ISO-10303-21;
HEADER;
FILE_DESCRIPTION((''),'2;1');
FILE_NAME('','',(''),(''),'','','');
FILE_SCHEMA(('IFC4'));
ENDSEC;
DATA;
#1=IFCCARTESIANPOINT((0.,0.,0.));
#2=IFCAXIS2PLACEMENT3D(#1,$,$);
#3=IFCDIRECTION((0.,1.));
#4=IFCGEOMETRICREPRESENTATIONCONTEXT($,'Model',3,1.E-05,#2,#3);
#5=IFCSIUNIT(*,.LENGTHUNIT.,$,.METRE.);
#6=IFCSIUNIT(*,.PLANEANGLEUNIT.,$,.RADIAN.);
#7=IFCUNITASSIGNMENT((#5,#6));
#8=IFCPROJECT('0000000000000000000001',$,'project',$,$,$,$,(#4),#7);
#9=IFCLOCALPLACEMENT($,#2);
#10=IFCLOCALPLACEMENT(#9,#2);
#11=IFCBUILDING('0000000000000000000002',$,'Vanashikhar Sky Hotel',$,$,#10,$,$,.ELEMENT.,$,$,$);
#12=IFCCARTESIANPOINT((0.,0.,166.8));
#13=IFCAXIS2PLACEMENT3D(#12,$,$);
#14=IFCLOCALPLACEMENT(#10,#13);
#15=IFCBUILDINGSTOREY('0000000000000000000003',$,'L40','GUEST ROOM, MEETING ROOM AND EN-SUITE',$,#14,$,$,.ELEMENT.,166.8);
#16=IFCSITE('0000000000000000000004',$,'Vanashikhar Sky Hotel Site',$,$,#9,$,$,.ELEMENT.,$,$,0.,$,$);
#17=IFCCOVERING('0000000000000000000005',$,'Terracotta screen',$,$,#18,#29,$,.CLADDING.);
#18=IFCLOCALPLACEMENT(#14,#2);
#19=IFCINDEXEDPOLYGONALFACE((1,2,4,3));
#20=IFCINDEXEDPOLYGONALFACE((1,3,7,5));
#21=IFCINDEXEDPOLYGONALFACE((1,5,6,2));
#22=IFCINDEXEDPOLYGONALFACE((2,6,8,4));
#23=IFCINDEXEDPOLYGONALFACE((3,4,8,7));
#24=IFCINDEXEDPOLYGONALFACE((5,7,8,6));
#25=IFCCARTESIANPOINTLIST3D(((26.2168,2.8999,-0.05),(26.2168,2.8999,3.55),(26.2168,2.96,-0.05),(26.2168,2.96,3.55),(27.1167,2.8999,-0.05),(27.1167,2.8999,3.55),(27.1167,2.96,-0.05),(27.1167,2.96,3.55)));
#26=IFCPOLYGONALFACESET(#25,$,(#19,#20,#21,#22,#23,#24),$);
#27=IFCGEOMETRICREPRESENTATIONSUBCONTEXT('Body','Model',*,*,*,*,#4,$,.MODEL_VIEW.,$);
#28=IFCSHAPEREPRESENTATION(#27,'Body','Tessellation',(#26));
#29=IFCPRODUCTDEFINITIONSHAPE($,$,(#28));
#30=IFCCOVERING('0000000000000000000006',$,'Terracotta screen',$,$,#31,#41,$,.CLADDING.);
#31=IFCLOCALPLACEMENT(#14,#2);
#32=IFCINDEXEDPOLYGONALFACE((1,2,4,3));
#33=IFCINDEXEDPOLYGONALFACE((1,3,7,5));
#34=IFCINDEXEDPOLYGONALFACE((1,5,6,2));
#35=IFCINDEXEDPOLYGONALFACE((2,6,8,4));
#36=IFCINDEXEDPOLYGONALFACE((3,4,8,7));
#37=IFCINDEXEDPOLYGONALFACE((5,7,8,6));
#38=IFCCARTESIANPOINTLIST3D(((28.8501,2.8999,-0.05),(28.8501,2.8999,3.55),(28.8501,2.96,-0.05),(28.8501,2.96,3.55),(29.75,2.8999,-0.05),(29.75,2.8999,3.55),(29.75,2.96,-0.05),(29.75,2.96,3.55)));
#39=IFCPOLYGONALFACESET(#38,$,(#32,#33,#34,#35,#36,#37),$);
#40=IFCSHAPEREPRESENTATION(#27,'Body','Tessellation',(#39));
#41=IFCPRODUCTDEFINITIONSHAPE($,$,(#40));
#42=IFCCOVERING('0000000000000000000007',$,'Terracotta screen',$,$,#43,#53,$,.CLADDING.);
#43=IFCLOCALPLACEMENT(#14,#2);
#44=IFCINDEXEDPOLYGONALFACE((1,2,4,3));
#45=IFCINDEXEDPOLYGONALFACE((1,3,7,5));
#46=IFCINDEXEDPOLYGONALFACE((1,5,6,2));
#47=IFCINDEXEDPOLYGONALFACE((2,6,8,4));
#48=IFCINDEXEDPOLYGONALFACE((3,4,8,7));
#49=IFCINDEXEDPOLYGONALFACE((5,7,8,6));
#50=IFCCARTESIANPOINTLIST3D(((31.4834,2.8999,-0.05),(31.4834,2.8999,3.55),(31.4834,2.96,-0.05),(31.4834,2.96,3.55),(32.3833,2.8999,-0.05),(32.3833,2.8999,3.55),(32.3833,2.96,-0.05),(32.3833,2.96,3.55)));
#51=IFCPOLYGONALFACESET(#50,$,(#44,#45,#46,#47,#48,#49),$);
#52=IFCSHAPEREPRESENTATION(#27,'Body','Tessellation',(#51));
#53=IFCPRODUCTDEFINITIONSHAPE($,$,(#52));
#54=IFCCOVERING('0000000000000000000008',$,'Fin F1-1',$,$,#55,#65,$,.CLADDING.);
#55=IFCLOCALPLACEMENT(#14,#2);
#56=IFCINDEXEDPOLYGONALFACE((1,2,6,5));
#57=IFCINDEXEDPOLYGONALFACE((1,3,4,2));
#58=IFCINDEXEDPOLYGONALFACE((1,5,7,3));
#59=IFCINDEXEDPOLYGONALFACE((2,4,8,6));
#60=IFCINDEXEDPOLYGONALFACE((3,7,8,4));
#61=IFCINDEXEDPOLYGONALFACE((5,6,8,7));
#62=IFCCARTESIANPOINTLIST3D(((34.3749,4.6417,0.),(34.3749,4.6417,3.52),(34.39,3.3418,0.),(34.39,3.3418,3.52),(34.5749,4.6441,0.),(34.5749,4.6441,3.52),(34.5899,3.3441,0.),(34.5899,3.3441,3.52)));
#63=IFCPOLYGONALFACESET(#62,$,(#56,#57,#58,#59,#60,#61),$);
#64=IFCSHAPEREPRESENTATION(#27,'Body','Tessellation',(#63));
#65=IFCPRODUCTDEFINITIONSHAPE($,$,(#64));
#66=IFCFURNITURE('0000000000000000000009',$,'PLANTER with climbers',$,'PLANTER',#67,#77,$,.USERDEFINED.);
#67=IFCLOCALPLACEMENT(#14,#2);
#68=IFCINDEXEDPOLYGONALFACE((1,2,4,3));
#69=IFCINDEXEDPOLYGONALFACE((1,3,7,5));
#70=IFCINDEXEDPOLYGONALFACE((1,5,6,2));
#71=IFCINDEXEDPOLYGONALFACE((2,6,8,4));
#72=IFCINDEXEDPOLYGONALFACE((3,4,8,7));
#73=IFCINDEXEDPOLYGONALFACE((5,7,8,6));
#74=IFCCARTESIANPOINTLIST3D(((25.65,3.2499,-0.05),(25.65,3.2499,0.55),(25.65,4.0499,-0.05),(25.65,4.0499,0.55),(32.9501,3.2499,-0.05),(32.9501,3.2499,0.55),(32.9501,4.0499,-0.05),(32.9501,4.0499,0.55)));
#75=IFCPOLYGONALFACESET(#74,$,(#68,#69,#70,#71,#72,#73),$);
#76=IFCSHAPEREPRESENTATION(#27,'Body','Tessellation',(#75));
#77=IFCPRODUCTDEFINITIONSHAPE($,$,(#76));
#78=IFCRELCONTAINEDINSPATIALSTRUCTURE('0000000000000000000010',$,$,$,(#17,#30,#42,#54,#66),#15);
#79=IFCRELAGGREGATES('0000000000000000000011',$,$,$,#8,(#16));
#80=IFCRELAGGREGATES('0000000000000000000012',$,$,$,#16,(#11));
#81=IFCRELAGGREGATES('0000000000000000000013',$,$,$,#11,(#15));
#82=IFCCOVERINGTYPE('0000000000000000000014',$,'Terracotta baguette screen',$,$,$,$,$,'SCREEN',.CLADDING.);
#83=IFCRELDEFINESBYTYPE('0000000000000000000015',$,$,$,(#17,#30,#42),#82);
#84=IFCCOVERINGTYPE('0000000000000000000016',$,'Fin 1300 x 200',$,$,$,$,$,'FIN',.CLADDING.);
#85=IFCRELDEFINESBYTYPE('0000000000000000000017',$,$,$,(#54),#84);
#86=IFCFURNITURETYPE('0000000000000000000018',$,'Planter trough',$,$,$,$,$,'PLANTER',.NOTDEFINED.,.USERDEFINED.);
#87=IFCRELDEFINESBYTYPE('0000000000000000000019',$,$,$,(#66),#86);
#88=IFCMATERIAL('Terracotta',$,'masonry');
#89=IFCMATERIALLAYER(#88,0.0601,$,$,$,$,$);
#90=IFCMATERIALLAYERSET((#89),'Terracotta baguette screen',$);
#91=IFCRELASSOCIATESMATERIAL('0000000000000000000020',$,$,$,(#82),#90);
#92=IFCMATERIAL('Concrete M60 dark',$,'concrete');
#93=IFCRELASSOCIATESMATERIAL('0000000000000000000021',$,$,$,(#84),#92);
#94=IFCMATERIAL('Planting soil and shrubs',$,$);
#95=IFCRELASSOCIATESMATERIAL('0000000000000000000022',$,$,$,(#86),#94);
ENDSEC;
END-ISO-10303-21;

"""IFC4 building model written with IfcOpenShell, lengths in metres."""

from ifc_helpers import new_model, si_unit, direction, frame, origin, origin_2d, place, context, subcontext, project, spatial, rectangle, extrude, source, transform, mapped, material, layer, layer_set, material_profile, profile_set, type_object, element, save


model = new_model("IFC4")

# Units and contexts
model_context = context("Model", 3, precision=1e-05, world=origin(), true_north=direction((0.0, 1.0)))
body_context = subcontext(model_context, "Body", "Model", "MODEL_VIEW")
ifc_project = project(units=[si_unit("LENGTHUNIT", "METRE"), si_unit("PLANEANGLEUNIT", "RADIAN")], contexts=[model_context])

# Site, building, storey
site_placement = place(None, origin())
site = spatial("IfcSite", under=ifc_project, at=site_placement, Name="Vanashikhar Sky Hotel Site", CompositionType="ELEMENT", RefElevation=0.0)
building_placement = place(site_placement, origin())
building = spatial("IfcBuilding", under=site, at=building_placement, Name="Vanashikhar Sky Hotel", CompositionType="ELEMENT")
storey_placement = place(building_placement, frame((0.0, 0.0, 166.8)))
storey = spatial("IfcBuildingStorey", under=building, at=storey_placement, Name="L40", Description="GUEST ROOM, MEETING ROOM AND EN-SUITE", CompositionType="ELEMENT", Elevation=166.8)

# Coverings
ifc_material_1 = material(Name="Terracotta", Category="masonry")
ifc_layer_1 = layer(ifc_material_1, 0.0601)
ifc_layer_set_1 = layer_set([ifc_layer_1], Name="Terracotta baguette screen")
covering_type_1 = type_object("IfcCoveringType", Name="Terracotta baguette screen", ElementType="SCREEN", PredefinedType="CLADDING", material=ifc_layer_set_1)
shared_shape_1 = source(origin(), body_context, "Body", "SweptSolid", [
    extrude(rectangle(XDim=0.8999, YDim=0.0601, at=origin_2d()), origin(), (0.0, 0.0, 1.0), 3.6001),
])
for number, where, z_axis, x_axis, name in (
    (1, (26.6667, 2.9299, -0.05), (0.0, 0.0, 1.0), (1.0, 0.0, 0.0), "Terracotta screen"),
    (2, (29.3, 2.9299, -0.05), (0.0, 0.0, 1.0), (1.0, 0.0, 0.0), "Terracotta screen"),
    (3, (31.9333, 2.9299, -0.05), (0.0, 0.0, 1.0), (1.0, 0.0, 0.0), "Terracotta screen"),
):
    element("IfcCovering", number, at=place(storey_placement, frame(where, z_axis=z_axis, x_axis=x_axis)), inside=storey, type_object=covering_type_1, Name=name, PredefinedType="CLADDING", context=body_context, shape_type="MappedRepresentation", body=[
        mapped(shared_shape_1, transform((0.0, 0.0, 0.0), scale=1.0)),
    ])
ifc_material_2 = material(Name="Concrete M60 dark", Category="concrete")
ifc_material_profile_1 = material_profile(ifc_material_2, rectangle(XDim=1.3, YDim=0.2, at=origin_2d()))
ifc_profile_set_1 = profile_set([ifc_material_profile_1], Name="Fin 1300 x 200")
covering_type_2 = type_object("IfcCoveringType", Name="Fin 1300 x 200", ElementType="FIN", PredefinedType="CLADDING", material=ifc_profile_set_1)
shared_shape_2 = source(origin(), body_context, "Body", "SweptSolid", [
    extrude(rectangle(XDim=1.3, YDim=0.2, at=origin_2d()), origin(), (0.0, 0.0, 1.0), 3.52),
])
covering_placement = place(storey_placement, frame((34.4824, 3.9929, 0.0), z_axis=(0.0, 0.0, 1.0), x_axis=(0.011589, -0.999933, 0.0)))
element("IfcCovering", 4, at=covering_placement, inside=storey, type_object=covering_type_2, Name="Fin F1-1", PredefinedType="CLADDING", context=body_context, shape_type="MappedRepresentation", body=[
    mapped(shared_shape_2, transform((0.0, 0.0, 0.0), scale=1.0)),
])

# Furniture
ifc_material_3 = material(Name="Planting soil and shrubs")
furniture_type = type_object("IfcFurnitureType", Name="Planter trough", ElementType="PLANTER", AssemblyPlace="NOTDEFINED", PredefinedType="USERDEFINED", material=ifc_material_3)
shared_shape_3 = source(origin(), body_context, "Body", "SweptSolid", [
    extrude(rectangle(XDim=7.3, YDim=0.8, at=origin_2d()), origin(), (0.0, 0.0, 1.0), 0.6001),
])
furniture_placement = place(storey_placement, frame((29.3, 3.6499, -0.05), z_axis=(0.0, 0.0, 1.0), x_axis=(1.0, 0.0, 0.0)))
element("IfcFurniture", 5, at=furniture_placement, inside=storey, type_object=furniture_type, Name="PLANTER with climbers", ObjectType="PLANTER", PredefinedType="USERDEFINED", context=body_context, shape_type="MappedRepresentation", body=[
    mapped(shared_shape_3, transform((0.0, 0.0, 0.0), scale=1.0)),
])

save(model, "model.ifc")
